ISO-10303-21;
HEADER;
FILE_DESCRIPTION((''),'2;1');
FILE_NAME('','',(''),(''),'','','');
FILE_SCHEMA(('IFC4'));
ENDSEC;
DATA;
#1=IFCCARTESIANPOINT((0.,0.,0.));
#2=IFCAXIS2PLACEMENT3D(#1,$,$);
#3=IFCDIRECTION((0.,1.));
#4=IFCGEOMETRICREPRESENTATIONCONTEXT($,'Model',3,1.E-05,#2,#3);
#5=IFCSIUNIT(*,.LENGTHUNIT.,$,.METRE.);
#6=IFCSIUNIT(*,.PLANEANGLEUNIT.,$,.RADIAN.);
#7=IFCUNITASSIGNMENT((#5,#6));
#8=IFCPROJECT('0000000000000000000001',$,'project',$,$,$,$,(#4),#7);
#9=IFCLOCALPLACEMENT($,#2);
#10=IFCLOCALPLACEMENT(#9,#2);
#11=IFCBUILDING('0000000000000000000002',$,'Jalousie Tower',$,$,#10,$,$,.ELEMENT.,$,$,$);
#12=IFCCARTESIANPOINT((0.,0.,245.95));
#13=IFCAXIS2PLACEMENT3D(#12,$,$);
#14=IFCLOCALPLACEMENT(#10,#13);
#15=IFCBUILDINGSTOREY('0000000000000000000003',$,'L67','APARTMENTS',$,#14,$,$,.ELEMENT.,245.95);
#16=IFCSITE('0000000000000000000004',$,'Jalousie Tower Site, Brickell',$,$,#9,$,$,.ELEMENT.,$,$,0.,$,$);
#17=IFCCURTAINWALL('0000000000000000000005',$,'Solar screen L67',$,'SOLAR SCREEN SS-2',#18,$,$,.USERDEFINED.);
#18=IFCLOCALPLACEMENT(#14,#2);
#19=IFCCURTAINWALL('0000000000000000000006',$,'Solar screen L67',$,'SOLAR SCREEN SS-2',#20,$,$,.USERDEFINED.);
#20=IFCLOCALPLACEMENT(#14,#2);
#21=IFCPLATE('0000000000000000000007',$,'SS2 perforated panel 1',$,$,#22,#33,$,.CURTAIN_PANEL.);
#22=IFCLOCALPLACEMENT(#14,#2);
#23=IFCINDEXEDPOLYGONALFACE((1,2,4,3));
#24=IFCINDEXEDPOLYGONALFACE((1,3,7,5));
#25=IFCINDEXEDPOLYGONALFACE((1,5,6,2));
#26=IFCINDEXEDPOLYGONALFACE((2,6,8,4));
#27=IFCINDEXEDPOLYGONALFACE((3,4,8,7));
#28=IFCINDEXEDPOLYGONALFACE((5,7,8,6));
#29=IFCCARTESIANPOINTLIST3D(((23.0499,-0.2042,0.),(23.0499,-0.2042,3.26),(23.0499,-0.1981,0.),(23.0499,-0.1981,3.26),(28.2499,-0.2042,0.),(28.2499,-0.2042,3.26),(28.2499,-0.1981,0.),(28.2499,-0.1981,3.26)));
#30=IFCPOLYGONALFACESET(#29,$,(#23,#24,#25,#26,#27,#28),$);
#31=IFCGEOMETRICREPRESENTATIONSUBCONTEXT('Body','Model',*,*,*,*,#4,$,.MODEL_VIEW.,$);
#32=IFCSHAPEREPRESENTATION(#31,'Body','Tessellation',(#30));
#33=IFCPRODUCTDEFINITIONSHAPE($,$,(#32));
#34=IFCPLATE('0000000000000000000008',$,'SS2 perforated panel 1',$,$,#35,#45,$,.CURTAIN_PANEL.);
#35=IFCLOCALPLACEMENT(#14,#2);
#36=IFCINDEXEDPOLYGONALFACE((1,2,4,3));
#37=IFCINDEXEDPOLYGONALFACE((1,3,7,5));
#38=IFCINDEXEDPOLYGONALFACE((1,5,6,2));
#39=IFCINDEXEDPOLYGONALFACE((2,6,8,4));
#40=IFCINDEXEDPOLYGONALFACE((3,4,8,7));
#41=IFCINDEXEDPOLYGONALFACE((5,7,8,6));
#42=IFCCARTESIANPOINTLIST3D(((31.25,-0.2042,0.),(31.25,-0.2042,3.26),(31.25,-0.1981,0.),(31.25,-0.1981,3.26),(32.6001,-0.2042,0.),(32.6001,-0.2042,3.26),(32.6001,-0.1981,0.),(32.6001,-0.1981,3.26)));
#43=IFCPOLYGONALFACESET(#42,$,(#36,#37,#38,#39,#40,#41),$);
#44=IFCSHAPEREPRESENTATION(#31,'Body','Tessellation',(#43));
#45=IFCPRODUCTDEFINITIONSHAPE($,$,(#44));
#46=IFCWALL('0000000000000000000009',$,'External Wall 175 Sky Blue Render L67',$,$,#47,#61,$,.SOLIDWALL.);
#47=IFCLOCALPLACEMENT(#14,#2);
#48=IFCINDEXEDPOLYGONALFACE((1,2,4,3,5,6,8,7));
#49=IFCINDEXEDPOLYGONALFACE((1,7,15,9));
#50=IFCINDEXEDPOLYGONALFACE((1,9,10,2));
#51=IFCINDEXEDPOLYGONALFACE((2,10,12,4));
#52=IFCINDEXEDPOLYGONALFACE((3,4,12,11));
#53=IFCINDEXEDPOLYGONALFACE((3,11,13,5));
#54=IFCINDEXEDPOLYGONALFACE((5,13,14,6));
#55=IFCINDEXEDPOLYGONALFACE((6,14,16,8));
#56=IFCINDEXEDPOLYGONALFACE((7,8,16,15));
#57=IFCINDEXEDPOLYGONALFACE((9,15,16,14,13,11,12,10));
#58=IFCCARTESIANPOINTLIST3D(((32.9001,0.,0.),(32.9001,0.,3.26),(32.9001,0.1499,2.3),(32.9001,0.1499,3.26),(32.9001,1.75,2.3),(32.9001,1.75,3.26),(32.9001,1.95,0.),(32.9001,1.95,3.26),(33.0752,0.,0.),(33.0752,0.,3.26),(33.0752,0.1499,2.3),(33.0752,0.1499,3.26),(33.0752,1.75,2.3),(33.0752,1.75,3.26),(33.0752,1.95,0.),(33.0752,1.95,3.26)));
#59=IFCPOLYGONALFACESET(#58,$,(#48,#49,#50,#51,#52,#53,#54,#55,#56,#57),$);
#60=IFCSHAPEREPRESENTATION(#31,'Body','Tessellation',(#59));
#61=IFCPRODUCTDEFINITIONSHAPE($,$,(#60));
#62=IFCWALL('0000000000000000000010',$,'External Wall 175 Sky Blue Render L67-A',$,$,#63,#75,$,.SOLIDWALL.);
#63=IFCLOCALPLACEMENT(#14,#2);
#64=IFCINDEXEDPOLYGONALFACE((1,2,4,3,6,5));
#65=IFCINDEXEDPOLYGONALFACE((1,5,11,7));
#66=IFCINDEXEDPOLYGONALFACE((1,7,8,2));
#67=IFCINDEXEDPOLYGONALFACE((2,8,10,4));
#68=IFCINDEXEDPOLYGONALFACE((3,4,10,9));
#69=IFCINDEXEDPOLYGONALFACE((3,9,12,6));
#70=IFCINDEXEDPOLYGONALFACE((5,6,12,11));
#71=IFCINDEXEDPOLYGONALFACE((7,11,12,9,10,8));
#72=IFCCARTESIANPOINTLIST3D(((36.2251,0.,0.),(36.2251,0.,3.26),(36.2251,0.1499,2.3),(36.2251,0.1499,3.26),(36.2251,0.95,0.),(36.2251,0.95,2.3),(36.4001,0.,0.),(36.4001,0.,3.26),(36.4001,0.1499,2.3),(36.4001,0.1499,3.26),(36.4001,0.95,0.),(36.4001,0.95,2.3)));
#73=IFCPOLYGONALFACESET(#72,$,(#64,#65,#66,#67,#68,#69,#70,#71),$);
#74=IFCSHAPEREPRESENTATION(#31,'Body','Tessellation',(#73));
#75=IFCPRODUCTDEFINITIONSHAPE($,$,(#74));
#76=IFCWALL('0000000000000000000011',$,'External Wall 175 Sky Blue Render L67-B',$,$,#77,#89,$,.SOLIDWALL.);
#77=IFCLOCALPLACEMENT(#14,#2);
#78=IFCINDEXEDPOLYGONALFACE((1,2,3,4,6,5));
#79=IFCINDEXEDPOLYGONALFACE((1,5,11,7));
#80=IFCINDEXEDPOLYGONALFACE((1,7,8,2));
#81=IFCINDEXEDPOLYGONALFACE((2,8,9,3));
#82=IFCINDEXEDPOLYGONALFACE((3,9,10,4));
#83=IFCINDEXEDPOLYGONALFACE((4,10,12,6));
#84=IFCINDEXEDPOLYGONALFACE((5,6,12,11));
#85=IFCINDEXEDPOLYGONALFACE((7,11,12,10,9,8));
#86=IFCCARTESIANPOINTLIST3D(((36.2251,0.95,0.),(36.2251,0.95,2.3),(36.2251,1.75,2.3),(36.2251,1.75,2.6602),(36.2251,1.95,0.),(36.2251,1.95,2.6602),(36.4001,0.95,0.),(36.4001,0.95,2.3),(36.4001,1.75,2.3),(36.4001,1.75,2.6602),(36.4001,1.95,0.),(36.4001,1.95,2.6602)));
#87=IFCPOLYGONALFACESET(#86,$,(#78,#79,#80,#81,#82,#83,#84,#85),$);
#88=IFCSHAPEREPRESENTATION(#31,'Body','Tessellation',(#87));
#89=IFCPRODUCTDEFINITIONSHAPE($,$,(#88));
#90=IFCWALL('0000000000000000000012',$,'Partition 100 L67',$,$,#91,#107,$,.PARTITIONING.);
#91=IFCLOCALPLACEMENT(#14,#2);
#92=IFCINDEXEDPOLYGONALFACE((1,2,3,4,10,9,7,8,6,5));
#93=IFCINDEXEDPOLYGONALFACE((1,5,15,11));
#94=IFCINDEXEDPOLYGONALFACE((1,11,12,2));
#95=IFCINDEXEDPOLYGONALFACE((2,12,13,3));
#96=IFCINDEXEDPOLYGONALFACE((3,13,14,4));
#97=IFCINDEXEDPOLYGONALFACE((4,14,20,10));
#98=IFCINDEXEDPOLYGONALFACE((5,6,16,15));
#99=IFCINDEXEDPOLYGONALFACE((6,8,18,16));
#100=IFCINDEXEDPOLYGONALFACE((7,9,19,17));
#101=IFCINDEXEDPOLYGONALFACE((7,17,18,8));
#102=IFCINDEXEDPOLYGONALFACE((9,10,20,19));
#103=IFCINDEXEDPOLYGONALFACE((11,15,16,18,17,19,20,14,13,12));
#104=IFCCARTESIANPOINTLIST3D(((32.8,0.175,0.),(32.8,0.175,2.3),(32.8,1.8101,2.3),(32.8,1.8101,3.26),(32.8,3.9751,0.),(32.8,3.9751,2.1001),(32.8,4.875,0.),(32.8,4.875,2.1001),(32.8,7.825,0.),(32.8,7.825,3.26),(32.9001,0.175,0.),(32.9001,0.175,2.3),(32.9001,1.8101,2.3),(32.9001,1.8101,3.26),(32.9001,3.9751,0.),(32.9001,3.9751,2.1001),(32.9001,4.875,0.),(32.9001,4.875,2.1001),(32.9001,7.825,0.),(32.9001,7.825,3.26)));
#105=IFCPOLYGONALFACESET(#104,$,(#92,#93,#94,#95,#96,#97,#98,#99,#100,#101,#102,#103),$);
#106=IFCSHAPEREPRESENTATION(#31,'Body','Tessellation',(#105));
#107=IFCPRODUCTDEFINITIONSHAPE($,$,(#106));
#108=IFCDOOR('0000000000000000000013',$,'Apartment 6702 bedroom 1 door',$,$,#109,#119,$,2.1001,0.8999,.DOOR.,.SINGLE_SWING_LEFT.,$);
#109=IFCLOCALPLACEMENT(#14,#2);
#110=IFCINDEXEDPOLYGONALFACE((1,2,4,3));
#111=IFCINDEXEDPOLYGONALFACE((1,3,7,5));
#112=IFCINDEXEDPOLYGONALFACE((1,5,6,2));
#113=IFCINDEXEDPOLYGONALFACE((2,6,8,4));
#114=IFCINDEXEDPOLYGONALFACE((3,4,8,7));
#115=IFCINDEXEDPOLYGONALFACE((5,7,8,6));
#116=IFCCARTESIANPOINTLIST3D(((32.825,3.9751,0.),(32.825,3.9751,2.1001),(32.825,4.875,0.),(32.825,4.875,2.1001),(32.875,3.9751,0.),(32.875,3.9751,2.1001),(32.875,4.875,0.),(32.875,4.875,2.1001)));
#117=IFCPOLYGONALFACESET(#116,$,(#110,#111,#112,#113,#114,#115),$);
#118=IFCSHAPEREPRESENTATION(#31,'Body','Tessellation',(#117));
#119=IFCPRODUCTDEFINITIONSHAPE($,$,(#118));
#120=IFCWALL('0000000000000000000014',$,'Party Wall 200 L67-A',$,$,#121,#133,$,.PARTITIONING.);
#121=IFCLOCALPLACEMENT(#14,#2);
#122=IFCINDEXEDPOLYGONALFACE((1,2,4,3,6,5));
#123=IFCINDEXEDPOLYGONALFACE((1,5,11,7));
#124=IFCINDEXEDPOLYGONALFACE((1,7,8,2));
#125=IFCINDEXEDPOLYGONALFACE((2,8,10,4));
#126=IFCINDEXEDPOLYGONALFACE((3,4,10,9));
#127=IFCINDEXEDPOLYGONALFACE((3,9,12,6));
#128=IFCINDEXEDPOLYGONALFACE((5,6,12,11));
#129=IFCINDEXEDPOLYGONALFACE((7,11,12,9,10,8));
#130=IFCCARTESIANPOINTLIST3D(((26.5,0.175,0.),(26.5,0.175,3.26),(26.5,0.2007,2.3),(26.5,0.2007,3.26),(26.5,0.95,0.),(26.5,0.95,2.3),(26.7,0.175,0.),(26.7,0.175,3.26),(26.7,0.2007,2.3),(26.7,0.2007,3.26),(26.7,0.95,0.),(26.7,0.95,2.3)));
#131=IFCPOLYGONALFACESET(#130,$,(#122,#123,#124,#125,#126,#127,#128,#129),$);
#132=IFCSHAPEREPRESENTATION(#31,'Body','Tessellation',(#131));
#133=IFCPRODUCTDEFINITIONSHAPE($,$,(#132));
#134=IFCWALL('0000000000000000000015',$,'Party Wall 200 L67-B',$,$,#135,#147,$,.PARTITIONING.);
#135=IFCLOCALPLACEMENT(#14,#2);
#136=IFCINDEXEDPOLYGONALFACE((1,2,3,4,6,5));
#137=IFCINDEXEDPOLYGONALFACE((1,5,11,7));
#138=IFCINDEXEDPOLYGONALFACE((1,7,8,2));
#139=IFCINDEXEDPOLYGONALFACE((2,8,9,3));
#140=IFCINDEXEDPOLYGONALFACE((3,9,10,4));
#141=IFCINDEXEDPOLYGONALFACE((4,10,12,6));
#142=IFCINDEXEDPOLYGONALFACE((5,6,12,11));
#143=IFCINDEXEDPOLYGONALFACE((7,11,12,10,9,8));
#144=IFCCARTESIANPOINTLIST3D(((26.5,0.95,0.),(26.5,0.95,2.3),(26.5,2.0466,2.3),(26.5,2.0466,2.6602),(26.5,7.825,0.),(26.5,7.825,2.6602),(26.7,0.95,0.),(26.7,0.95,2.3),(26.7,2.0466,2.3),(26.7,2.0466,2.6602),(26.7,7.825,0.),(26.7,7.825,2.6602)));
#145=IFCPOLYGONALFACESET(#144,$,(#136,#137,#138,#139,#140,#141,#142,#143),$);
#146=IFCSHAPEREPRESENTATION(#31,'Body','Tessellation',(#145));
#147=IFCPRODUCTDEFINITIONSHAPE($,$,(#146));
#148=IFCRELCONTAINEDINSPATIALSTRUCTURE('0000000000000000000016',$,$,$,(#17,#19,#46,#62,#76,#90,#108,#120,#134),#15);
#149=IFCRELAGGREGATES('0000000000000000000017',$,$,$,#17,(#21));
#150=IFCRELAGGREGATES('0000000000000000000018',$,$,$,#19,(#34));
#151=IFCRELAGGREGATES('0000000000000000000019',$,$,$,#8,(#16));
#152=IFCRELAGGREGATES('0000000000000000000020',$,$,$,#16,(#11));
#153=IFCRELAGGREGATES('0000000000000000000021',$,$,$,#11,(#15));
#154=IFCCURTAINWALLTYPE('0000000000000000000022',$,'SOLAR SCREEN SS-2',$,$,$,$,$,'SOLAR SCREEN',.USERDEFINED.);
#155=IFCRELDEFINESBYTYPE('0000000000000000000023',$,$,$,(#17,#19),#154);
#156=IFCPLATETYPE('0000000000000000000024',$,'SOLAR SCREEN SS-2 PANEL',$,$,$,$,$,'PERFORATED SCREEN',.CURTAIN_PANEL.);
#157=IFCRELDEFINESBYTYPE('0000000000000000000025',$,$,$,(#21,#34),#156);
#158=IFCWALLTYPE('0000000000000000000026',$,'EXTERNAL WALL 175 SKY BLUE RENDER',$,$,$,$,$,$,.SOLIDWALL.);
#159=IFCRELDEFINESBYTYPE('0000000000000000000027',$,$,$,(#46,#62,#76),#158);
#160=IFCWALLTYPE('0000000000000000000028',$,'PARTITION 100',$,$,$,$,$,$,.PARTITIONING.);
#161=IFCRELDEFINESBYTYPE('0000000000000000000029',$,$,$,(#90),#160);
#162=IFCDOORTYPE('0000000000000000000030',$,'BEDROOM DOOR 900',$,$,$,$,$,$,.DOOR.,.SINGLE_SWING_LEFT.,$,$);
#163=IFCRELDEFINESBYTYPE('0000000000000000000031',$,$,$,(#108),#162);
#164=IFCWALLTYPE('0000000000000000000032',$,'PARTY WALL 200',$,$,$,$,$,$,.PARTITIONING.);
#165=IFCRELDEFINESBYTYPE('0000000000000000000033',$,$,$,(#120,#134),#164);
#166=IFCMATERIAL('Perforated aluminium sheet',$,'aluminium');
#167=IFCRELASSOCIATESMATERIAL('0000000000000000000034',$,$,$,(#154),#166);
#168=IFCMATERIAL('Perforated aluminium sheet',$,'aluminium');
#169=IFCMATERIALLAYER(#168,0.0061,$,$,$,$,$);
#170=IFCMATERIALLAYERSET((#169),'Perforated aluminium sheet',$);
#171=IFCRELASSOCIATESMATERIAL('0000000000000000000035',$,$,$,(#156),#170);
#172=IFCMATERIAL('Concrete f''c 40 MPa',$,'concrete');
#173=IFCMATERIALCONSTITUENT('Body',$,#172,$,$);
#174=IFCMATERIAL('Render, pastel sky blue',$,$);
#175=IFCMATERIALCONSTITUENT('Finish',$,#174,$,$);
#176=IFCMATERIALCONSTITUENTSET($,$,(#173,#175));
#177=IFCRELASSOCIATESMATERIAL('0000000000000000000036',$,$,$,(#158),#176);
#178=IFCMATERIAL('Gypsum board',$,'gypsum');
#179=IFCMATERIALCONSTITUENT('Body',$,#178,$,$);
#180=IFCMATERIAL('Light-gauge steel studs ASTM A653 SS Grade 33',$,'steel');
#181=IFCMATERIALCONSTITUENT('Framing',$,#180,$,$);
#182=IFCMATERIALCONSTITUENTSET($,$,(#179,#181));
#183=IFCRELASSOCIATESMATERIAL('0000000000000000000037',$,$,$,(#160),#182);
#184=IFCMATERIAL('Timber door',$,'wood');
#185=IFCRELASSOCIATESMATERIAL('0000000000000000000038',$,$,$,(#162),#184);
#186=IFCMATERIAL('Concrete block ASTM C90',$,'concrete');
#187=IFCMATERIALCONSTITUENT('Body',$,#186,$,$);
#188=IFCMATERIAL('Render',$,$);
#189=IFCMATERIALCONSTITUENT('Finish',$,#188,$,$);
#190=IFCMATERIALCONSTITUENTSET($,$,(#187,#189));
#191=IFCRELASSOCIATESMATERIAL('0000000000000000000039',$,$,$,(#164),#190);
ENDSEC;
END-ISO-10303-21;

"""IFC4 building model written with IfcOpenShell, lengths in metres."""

from ifc_helpers import new_model, si_unit, direction, frame, frame_2d, origin, origin_2d, place, context, subcontext, project, spatial, polyline, rectangle, outline, extrude, material, layer, layer_set, constituent, constituent_set, type_object, element, fill, aggregate, save


model = new_model("IFC4")

# Units and contexts
model_context = context("Model", 3, precision=1e-05, world=origin(), true_north=direction((0.0, 1.0)))
body_context = subcontext(model_context, "Body", "Model", "MODEL_VIEW")
ifc_project = project(units=[si_unit("LENGTHUNIT", "METRE"), si_unit("PLANEANGLEUNIT", "RADIAN")], contexts=[model_context])

# Site, building, storey
site_placement = place(None, origin())
site = spatial("IfcSite", under=ifc_project, at=site_placement, Name="Jalousie Tower Site, Brickell", CompositionType="ELEMENT", RefElevation=0.0)
building_placement = place(site_placement, origin())
building = spatial("IfcBuilding", under=site, at=building_placement, Name="Jalousie Tower", CompositionType="ELEMENT")
storey_placement = place(building_placement, frame((0.0, 0.0, 245.95)))
storey = spatial("IfcBuildingStorey", under=building, at=storey_placement, Name="L67", Description="APARTMENTS", CompositionType="ELEMENT", Elevation=245.95)

# Curtain wall
ifc_material_1 = material(Name="Perforated aluminium sheet", Category="aluminium")
curtain_wall_type = type_object("IfcCurtainWallType", Name="SOLAR SCREEN SS-2", ElementType="SOLAR SCREEN", PredefinedType="USERDEFINED", material=ifc_material_1)
curtain_wall_1_placement = place(storey_placement, origin())
curtain_wall_1 = element("IfcCurtainWall", 1, at=curtain_wall_1_placement, inside=storey, type_object=curtain_wall_type, Name="Solar screen L67", ObjectType="SOLAR SCREEN SS-2", PredefinedType="USERDEFINED")

# Curtain wall
curtain_wall_2_placement = place(storey_placement, origin())
curtain_wall_2 = element("IfcCurtainWall", 2, at=curtain_wall_2_placement, inside=storey, type_object=curtain_wall_type, Name="Solar screen L67", ObjectType="SOLAR SCREEN SS-2", PredefinedType="USERDEFINED")

# Plates
ifc_material_2 = material(Name="Perforated aluminium sheet", Category="aluminium")
ifc_layer_1 = layer(ifc_material_2, 0.0061)
ifc_layer_set_1 = layer_set([ifc_layer_1], Name="Perforated aluminium sheet")
plate_type = type_object("IfcPlateType", Name="SOLAR SCREEN SS-2 PANEL", ElementType="PERFORATED SCREEN", PredefinedType="CURTAIN_PANEL", material=ifc_layer_set_1)
plate_1_placement = place(storey_placement, frame((25.6499, -0.2012, 0.0), z_axis=(0.0, 0.0, 1.0), x_axis=(1.0, 0.0, 0.0)))
plate_1 = element("IfcPlate", 3, at=plate_1_placement, type_object=plate_type, Name="SS2 perforated panel 1", PredefinedType="CURTAIN_PANEL", context=body_context, shape_type="SweptSolid", body=[
    extrude(rectangle(XDim=5.2, YDim=0.0061, at=origin_2d()), origin(), (0.0, 0.0, 1.0), 3.26),
])
aggregate(curtain_wall_1, [plate_1])
plate_2_placement = place(storey_placement, frame((31.925, -0.2012, 0.0), z_axis=(0.0, 0.0, 1.0), x_axis=(1.0, 0.0, 0.0)))
plate_2 = element("IfcPlate", 4, at=plate_2_placement, type_object=plate_type, Name="SS2 perforated panel 1", PredefinedType="CURTAIN_PANEL", context=body_context, shape_type="SweptSolid", body=[
    extrude(rectangle(XDim=1.3501, YDim=0.0061, at=origin_2d()), origin(), (0.0, 0.0, 1.0), 3.26),
])
aggregate(curtain_wall_2, [plate_2])

# Walls
ifc_material_3 = material(Name="Concrete f'c 40 MPa", Category="concrete")
ifc_constituent_1 = constituent(ifc_material_3, Name="Body")
ifc_material_4 = material(Name="Render, pastel sky blue")
ifc_constituent_2 = constituent(ifc_material_4, Name="Finish")
ifc_constituent_set_1 = constituent_set(constituents=[ifc_constituent_1, ifc_constituent_2])
wall_type_1 = type_object("IfcWallType", Name="EXTERNAL WALL 175 SKY BLUE RENDER", PredefinedType="SOLIDWALL", material=ifc_constituent_set_1)
wall_1_placement = place(storey_placement, frame((32.9875, 0.0, 0.0), z_axis=(0.0, 0.0, 1.0), x_axis=(0.0, 1.0, 0.0)))
element("IfcWall", 5, at=wall_1_placement, inside=storey, type_object=wall_type_1, Name="External Wall 175 Sky Blue Render L67", PredefinedType="SOLIDWALL", context=body_context, shape_type="SweptSolid", body=[
    extrude(outline(polyline([(0.0, 0.0), (1.95, 0.0), (1.95, 3.26), (1.75, 3.26), (1.75, 2.3), (0.1499, 2.3), (0.1499, 3.26), (0.0, 3.26), (0.0, 0.0)])), frame((0.0, 0.0874, 0.0), z_axis=(0.0, -1.0, 0.0), x_axis=(1.0, 0.0, 0.0)), (0.0, 0.0, 1.0), 0.175),
])
wall_2_placement = place(storey_placement, frame((36.3125, 0.0, 0.0), z_axis=(0.0, 0.0, 1.0), x_axis=(0.0, 1.0, 0.0)))
element("IfcWall", 6, at=wall_2_placement, inside=storey, type_object=wall_type_1, Name="External Wall 175 Sky Blue Render L67-A", PredefinedType="SOLIDWALL", context=body_context, shape_type="SweptSolid", body=[
    extrude(outline(polyline([(0.0, 0.0), (0.95, 0.0), (0.95, 2.3), (0.1499, 2.3), (0.1499, 3.26), (0.0, 3.26), (0.0, 0.0)])), frame((0.0, 0.0874, 0.0), z_axis=(0.0, -1.0, 0.0), x_axis=(1.0, 0.0, 0.0)), (0.0, 0.0, 1.0), 0.175),
])
wall_3_placement = place(storey_placement, frame((36.3125, 0.95, 0.0), z_axis=(0.0, 0.0, 1.0), x_axis=(0.0, 1.0, 0.0)))
element("IfcWall", 7, at=wall_3_placement, inside=storey, type_object=wall_type_1, Name="External Wall 175 Sky Blue Render L67-B", PredefinedType="SOLIDWALL", context=body_context, shape_type="SweptSolid", body=[
    extrude(outline(polyline([(0.0, 0.0), (1.0, 0.0), (1.0, 2.6602), (0.8, 2.6602), (0.8, 2.3), (0.0, 2.3), (0.0, 0.0)])), frame((0.0, 0.0874, 0.0), z_axis=(0.0, -1.0, 0.0), x_axis=(1.0, 0.0, 0.0)), (0.0, 0.0, 1.0), 0.175),
])

# Wall, opening, door
ifc_material_5 = material(Name="Gypsum board", Category="gypsum")
ifc_constituent_3 = constituent(ifc_material_5, Name="Body")
ifc_material_6 = material(Name="Light-gauge steel studs ASTM A653 SS Grade 33", Category="steel")
ifc_constituent_4 = constituent(ifc_material_6, Name="Framing")
ifc_constituent_set_2 = constituent_set(constituents=[ifc_constituent_3, ifc_constituent_4])
wall_type_2 = type_object("IfcWallType", Name="PARTITION 100", PredefinedType="PARTITIONING", material=ifc_constituent_set_2)
wall_4_placement = place(storey_placement, frame((32.8501, 0.175, 0.0), z_axis=(0.0, 0.0, 1.0), x_axis=(0.0, 1.0, 0.0)))
wall_4 = element("IfcWall", 8, at=wall_4_placement, inside=storey, type_object=wall_type_2, Name="Partition 100 L67", PredefinedType="PARTITIONING", context=body_context, shape_type="SweptSolid", body=[
    extrude(outline(polyline([(0.0, 0.0), (7.6499, 0.0), (7.6499, 3.26), (1.635, 3.26), (1.635, 2.3), (0.0, 2.3), (0.0, 3.26), (0.0, 0.0)])), frame((0.0, 0.05, 0.0), z_axis=(0.0, -1.0, 0.0), x_axis=(1.0, 0.0, 0.0)), (0.0, 0.0, 1.0), 0.1001),
])
opening_placement = place(wall_4_placement, frame((3.8, 0.0, 0.0)))
opening = element("IfcOpeningElement", 9, at=opening_placement, cuts=wall_4, PredefinedType="OPENING", context=body_context, shape_type="SweptSolid", body=[
    extrude(rectangle(XDim=0.8999, YDim=2.1001, at=frame_2d((0.45, 1.05))), frame((0.0, 0.0601, 0.0), z_axis=(0.0, -1.0, 0.0), x_axis=(1.0, 0.0, 0.0)), (0.0, 0.0, 1.0), 0.1201),
])
ifc_material_7 = material(Name="Timber door", Category="wood")
door_type = type_object("IfcDoorType", Name="BEDROOM DOOR 900", OperationType="SINGLE_SWING_LEFT", PredefinedType="DOOR", material=ifc_material_7)
door_placement = place(opening_placement, frame((0.8999, 0.0, 0.0), z_axis=(0.0, 0.0, 1.0), x_axis=(-1.0, 0.0, 0.0)))
door = element("IfcDoor", 10, at=door_placement, inside=storey, type_object=door_type, Name="Apartment 6702 bedroom 1 door", OperationType="SINGLE_SWING_LEFT", OverallHeight=2.1001, OverallWidth=0.8999, PredefinedType="DOOR", context=body_context, shape_type="SweptSolid", body=[
    extrude(rectangle(XDim=0.8999, YDim=2.1001, at=frame_2d((0.45, 1.05))), frame((0.0, 0.0249, 0.0), z_axis=(0.0, -1.0, 0.0), x_axis=(1.0, 0.0, 0.0)), (0.0, 0.0, 1.0), 0.05),
])
fill(opening, door)

# Walls
ifc_material_8 = material(Name="Concrete block ASTM C90", Category="concrete")
ifc_constituent_5 = constituent(ifc_material_8, Name="Body")
ifc_material_9 = material(Name="Render")
ifc_constituent_6 = constituent(ifc_material_9, Name="Finish")
ifc_constituent_set_3 = constituent_set(constituents=[ifc_constituent_5, ifc_constituent_6])
wall_type_3 = type_object("IfcWallType", Name="PARTY WALL 200", PredefinedType="PARTITIONING", material=ifc_constituent_set_3)
wall_5_placement = place(storey_placement, frame((26.6001, 0.175, 0.0), z_axis=(0.0, 0.0, 1.0), x_axis=(0.0, 1.0, 0.0)))
element("IfcWall", 11, at=wall_5_placement, inside=storey, type_object=wall_type_3, Name="Party Wall 200 L67-A", PredefinedType="PARTITIONING", context=body_context, shape_type="SweptSolid", body=[
    extrude(outline(polyline([(0.0, 0.0), (0.7749, 0.0), (0.7749, 2.3), (0.0256, 2.3), (0.0256, 3.26), (0.0, 3.26), (0.0, 0.0)])), frame((0.0, 0.1001, 0.0), z_axis=(0.0, -1.0, 0.0), x_axis=(1.0, 0.0, 0.0)), (0.0, 0.0, 1.0), 0.2),
])
wall_6_placement = place(storey_placement, frame((26.6001, 0.95, 0.0), z_axis=(0.0, 0.0, 1.0), x_axis=(0.0, 1.0, 0.0)))
element("IfcWall", 12, at=wall_6_placement, inside=storey, type_object=wall_type_3, Name="Party Wall 200 L67-B", PredefinedType="PARTITIONING", context=body_context, shape_type="SweptSolid", body=[
    extrude(outline(polyline([(0.0, 0.0), (6.875, 0.0), (6.875, 2.6602), (1.0967, 2.6602), (1.0967, 2.3), (0.0, 2.3), (0.0, 0.0)])), frame((0.0, 0.1001, 0.0), z_axis=(0.0, -1.0, 0.0), x_axis=(1.0, 0.0, 0.0)), (0.0, 0.0, 1.0), 0.2),
])

save(model, "model.ifc")
